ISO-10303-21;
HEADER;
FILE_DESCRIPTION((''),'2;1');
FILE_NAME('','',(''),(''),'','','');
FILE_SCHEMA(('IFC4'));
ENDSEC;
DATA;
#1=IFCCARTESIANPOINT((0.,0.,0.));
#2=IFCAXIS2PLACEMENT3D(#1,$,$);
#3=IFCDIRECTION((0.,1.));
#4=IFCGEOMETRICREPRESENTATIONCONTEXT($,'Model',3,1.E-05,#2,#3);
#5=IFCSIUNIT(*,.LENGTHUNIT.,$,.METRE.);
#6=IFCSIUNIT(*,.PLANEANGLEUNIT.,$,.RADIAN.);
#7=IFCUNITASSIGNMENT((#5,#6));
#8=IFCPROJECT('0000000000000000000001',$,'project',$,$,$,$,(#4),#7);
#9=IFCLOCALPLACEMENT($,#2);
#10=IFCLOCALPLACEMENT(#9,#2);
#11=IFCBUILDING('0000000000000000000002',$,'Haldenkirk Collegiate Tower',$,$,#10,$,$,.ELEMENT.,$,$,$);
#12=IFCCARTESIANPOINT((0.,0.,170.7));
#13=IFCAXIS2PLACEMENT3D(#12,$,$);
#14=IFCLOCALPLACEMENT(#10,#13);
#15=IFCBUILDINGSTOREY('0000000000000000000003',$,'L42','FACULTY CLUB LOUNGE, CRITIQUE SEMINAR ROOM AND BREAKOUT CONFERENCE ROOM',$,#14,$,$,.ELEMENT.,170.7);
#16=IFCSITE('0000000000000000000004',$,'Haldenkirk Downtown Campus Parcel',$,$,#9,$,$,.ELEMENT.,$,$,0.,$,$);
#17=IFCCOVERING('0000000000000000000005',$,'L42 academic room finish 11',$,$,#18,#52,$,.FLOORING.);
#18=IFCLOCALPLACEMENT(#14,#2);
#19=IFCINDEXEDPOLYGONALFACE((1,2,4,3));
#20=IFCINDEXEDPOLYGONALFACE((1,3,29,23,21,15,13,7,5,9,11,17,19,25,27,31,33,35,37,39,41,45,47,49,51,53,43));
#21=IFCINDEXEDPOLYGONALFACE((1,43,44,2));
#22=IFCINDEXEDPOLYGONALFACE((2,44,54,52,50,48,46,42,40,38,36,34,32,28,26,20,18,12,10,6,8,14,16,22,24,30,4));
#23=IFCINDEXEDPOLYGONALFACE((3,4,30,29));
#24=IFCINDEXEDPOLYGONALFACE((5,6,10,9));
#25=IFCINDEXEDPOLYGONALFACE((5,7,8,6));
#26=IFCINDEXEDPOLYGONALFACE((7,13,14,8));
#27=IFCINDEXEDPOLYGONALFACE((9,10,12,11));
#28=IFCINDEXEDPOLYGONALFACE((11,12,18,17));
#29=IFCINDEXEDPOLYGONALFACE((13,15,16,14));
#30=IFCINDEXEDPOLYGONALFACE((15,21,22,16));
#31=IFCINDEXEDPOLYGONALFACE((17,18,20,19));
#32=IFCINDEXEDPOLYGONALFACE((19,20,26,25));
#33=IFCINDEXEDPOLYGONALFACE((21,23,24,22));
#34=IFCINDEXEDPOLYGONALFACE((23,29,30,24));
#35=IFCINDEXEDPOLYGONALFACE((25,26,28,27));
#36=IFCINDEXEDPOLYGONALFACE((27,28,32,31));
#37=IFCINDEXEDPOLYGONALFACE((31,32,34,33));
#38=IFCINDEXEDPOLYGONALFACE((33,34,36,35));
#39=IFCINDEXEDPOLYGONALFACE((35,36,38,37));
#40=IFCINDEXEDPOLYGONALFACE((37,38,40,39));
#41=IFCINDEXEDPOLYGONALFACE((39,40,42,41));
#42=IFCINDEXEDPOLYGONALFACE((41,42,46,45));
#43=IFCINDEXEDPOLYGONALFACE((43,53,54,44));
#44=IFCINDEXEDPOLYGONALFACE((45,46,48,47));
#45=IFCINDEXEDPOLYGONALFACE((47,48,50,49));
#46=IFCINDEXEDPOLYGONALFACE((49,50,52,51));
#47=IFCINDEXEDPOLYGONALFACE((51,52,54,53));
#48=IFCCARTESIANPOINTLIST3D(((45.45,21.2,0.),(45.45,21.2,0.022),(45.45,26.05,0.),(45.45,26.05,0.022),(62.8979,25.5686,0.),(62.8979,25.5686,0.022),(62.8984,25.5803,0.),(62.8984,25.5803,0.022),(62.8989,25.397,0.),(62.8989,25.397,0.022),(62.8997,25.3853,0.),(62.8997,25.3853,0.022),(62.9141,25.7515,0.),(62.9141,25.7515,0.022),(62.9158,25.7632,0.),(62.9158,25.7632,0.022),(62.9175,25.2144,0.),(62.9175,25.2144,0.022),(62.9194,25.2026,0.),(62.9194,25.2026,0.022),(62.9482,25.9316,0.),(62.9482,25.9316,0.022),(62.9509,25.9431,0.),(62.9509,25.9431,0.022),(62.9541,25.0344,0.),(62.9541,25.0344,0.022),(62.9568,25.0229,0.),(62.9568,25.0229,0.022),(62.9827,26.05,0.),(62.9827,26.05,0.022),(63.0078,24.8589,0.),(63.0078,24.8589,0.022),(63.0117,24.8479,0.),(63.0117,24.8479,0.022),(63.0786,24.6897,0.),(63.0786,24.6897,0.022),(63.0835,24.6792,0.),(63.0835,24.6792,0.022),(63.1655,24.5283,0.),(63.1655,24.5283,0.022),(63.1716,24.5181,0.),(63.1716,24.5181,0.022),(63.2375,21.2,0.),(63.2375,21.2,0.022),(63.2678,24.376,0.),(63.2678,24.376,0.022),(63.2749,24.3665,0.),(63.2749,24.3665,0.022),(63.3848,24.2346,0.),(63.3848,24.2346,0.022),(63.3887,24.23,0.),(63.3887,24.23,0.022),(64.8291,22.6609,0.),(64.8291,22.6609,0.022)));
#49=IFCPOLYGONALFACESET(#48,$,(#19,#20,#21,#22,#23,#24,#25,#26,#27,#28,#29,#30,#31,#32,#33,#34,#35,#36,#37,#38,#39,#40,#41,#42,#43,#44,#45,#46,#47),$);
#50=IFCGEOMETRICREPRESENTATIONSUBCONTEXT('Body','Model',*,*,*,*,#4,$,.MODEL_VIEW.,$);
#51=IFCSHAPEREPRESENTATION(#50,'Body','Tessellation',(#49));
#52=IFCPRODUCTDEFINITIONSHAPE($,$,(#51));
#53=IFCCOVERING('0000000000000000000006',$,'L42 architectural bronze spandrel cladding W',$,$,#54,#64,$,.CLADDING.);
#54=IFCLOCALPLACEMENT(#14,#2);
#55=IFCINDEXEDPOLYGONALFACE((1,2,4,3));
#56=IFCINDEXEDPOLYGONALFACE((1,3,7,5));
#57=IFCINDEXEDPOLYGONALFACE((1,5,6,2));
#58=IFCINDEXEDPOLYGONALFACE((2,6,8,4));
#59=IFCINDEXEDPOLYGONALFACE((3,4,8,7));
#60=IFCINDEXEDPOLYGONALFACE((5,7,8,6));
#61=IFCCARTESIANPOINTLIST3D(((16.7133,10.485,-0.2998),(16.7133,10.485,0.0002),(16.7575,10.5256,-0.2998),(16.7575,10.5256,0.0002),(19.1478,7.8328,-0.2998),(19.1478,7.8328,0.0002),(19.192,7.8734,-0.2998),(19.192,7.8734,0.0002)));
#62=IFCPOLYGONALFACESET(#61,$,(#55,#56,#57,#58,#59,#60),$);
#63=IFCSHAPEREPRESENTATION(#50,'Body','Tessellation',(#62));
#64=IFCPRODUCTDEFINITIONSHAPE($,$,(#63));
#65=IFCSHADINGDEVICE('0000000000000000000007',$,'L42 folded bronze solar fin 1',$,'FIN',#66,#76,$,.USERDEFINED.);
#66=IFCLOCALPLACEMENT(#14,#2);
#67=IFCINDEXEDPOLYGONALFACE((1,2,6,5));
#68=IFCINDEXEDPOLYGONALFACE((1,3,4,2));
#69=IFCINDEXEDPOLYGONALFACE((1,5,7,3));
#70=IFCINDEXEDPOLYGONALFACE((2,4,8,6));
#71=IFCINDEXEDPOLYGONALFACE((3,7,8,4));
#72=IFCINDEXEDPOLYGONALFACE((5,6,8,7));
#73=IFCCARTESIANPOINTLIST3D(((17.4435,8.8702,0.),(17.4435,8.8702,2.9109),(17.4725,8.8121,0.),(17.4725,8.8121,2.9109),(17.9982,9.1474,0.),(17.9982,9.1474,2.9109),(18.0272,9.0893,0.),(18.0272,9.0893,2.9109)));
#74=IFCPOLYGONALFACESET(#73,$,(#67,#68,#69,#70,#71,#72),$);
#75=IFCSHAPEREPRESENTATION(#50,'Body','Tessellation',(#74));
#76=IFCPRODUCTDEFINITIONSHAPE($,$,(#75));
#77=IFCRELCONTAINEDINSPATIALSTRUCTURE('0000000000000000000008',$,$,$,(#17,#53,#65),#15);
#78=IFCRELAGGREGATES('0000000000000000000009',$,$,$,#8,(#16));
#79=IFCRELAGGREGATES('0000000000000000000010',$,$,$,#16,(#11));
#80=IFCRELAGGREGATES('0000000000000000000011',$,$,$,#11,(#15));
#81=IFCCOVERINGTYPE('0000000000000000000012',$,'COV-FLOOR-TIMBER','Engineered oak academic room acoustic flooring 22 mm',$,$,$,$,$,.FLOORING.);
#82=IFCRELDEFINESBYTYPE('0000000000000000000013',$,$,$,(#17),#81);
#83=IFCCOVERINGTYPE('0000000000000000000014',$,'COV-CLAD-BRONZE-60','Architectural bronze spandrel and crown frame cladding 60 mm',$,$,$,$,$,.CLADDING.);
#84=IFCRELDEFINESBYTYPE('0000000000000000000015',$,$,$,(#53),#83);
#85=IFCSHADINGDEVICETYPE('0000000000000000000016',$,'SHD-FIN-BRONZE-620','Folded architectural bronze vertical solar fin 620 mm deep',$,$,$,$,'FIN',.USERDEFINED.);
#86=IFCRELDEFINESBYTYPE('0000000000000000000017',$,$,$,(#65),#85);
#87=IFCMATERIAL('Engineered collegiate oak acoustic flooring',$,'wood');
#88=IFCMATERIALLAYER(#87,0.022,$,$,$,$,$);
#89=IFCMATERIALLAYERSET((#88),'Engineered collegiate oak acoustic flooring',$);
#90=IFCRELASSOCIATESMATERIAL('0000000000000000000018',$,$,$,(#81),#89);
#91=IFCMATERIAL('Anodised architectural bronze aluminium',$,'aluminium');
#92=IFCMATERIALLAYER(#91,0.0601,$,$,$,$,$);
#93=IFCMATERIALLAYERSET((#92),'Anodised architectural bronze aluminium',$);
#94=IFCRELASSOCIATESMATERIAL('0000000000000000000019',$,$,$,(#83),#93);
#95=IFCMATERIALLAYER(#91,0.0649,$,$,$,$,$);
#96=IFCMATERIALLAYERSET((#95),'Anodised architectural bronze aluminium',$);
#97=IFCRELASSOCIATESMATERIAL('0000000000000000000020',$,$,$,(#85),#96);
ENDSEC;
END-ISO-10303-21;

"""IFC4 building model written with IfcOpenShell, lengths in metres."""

from ifc_helpers import new_model, si_unit, direction, frame, origin, origin_2d, place, context, subcontext, project, spatial, polyline, rectangle, outline, extrude, source, transform, mapped, material, layer, layer_set, type_object, element, save


model = new_model("IFC4")

# Units and contexts
model_context = context("Model", 3, precision=1e-05, world=origin(), true_north=direction((0.0, 1.0)))
body_context = subcontext(model_context, "Body", "Model", "MODEL_VIEW")
ifc_project = project(units=[si_unit("LENGTHUNIT", "METRE"), si_unit("PLANEANGLEUNIT", "RADIAN")], contexts=[model_context])

# Site, building, storey
site_placement = place(None, origin())
site = spatial("IfcSite", under=ifc_project, at=site_placement, Name="Haldenkirk Downtown Campus Parcel", CompositionType="ELEMENT", RefElevation=0.0)
building_placement = place(site_placement, origin())
building = spatial("IfcBuilding", under=site, at=building_placement, Name="Haldenkirk Collegiate Tower", CompositionType="ELEMENT")
storey_placement = place(building_placement, frame((0.0, 0.0, 170.7)))
storey = spatial("IfcBuildingStorey", under=building, at=storey_placement, Name="L42", Description="FACULTY CLUB LOUNGE, CRITIQUE SEMINAR ROOM AND BREAKOUT CONFERENCE ROOM", CompositionType="ELEMENT", Elevation=170.7)

# Shared definitions
ifc_material_1 = material(Name="Anodised architectural bronze aluminium", Category="aluminium")

# Coverings
ifc_material_2 = material(Name="Engineered collegiate oak acoustic flooring", Category="wood")
ifc_layer_1 = layer(ifc_material_2, 0.022)
ifc_layer_set_1 = layer_set([ifc_layer_1], Name="Engineered collegiate oak acoustic flooring")
covering_type_1 = type_object("IfcCoveringType", Name="COV-FLOOR-TIMBER", Description="Engineered oak academic room acoustic flooring 22 mm", PredefinedType="FLOORING", material=ifc_layer_set_1)
covering_1_placement = place(storey_placement, origin())
element("IfcCovering", 1, at=covering_1_placement, inside=storey, type_object=covering_type_1, Name="L42 academic room finish 11", PredefinedType="FLOORING", context=body_context, shape_type="SweptSolid", body=[
    extrude(outline(polyline([(62.9827, 26.05), (62.9509, 25.9431), (62.9482, 25.9316), (62.9158, 25.7632), (62.9141, 25.7515), (62.8984, 25.5803), (62.8979, 25.5686), (62.8989, 25.397), (62.8997, 25.3853), (62.9175, 25.2144), (62.9194, 25.2026), (62.9541, 25.0344), (62.9568, 25.0229), (63.0078, 24.8589), (63.0117, 24.8479), (63.0786, 24.6897), (63.0835, 24.6792), (63.1655, 24.5283), (63.1716, 24.5181), (63.2678, 24.376), (63.2749, 24.3665), (63.3848, 24.2346), (63.3887, 24.23), (64.8291, 22.6609), (63.2375, 21.2), (45.45, 21.2), (45.45, 26.05), (62.9827, 26.05)])), origin(), (0.0, 0.0, 1.0), 0.022),
])
ifc_layer_2 = layer(ifc_material_1, 0.0601)
ifc_layer_set_2 = layer_set([ifc_layer_2], Name="Anodised architectural bronze aluminium")
covering_type_2 = type_object("IfcCoveringType", Name="COV-CLAD-BRONZE-60", Description="Architectural bronze spandrel and crown frame cladding 60 mm", PredefinedType="CLADDING", material=ifc_layer_set_2)
shared_shape_1 = source(origin(), body_context, "Body", "SweptSolid", [
    extrude(rectangle(XDim=3.6001, YDim=0.0601, at=origin_2d()), origin(), (0.0, 0.0, 1.0), 0.3),
])
covering_2_placement = place(storey_placement, frame((17.9526, 9.1792, -0.2998), z_axis=(0.0, 0.0, 1.0), x_axis=(-0.676233, 0.736687, 0.0)))
element("IfcCovering", 2, at=covering_2_placement, inside=storey, type_object=covering_type_2, Name="L42 architectural bronze spandrel cladding W", PredefinedType="CLADDING", context=body_context, shape_type="MappedRepresentation", body=[
    mapped(shared_shape_1, transform((0.0, 0.0, 0.0), x_axis=(1.0, 0.0, 0.0), y_axis=(0.0, 1.0, 0.0), z_axis=(0.0, 0.0, 1.0), scale=1.0)),
])

# Shading device
ifc_layer_3 = layer(ifc_material_1, 0.0649)
ifc_layer_set_3 = layer_set([ifc_layer_3], Name="Anodised architectural bronze aluminium")
shading_device_type = type_object("IfcShadingDeviceType", Name="SHD-FIN-BRONZE-620", Description="Folded architectural bronze vertical solar fin 620 mm deep", ElementType="FIN", PredefinedType="USERDEFINED", material=ifc_layer_set_3)
shared_shape_2 = source(origin(), body_context, "Body", "SweptSolid", [
    extrude(rectangle(XDim=0.6201, YDim=0.0649, at=origin_2d()), origin(), (0.0, 0.0, 1.0), 2.9109),
])
shading_device_placement = place(storey_placement, frame((17.7354, 8.9797, 0.0), z_axis=(0.0, 0.0, 1.0), x_axis=(-0.894545, -0.446979, 0.0)))
element("IfcShadingDevice", 3, at=shading_device_placement, inside=storey, type_object=shading_device_type, Name="L42 folded bronze solar fin 1", ObjectType="FIN", PredefinedType="USERDEFINED", context=body_context, shape_type="MappedRepresentation", body=[
    mapped(shared_shape_2, transform((0.0, 0.0, 0.0), x_axis=(1.0, 0.0, 0.0), y_axis=(0.0, 1.0, 0.0), z_axis=(0.0, 0.0, 1.0), scale=1.0)),
])

save(model, "model.ifc")
